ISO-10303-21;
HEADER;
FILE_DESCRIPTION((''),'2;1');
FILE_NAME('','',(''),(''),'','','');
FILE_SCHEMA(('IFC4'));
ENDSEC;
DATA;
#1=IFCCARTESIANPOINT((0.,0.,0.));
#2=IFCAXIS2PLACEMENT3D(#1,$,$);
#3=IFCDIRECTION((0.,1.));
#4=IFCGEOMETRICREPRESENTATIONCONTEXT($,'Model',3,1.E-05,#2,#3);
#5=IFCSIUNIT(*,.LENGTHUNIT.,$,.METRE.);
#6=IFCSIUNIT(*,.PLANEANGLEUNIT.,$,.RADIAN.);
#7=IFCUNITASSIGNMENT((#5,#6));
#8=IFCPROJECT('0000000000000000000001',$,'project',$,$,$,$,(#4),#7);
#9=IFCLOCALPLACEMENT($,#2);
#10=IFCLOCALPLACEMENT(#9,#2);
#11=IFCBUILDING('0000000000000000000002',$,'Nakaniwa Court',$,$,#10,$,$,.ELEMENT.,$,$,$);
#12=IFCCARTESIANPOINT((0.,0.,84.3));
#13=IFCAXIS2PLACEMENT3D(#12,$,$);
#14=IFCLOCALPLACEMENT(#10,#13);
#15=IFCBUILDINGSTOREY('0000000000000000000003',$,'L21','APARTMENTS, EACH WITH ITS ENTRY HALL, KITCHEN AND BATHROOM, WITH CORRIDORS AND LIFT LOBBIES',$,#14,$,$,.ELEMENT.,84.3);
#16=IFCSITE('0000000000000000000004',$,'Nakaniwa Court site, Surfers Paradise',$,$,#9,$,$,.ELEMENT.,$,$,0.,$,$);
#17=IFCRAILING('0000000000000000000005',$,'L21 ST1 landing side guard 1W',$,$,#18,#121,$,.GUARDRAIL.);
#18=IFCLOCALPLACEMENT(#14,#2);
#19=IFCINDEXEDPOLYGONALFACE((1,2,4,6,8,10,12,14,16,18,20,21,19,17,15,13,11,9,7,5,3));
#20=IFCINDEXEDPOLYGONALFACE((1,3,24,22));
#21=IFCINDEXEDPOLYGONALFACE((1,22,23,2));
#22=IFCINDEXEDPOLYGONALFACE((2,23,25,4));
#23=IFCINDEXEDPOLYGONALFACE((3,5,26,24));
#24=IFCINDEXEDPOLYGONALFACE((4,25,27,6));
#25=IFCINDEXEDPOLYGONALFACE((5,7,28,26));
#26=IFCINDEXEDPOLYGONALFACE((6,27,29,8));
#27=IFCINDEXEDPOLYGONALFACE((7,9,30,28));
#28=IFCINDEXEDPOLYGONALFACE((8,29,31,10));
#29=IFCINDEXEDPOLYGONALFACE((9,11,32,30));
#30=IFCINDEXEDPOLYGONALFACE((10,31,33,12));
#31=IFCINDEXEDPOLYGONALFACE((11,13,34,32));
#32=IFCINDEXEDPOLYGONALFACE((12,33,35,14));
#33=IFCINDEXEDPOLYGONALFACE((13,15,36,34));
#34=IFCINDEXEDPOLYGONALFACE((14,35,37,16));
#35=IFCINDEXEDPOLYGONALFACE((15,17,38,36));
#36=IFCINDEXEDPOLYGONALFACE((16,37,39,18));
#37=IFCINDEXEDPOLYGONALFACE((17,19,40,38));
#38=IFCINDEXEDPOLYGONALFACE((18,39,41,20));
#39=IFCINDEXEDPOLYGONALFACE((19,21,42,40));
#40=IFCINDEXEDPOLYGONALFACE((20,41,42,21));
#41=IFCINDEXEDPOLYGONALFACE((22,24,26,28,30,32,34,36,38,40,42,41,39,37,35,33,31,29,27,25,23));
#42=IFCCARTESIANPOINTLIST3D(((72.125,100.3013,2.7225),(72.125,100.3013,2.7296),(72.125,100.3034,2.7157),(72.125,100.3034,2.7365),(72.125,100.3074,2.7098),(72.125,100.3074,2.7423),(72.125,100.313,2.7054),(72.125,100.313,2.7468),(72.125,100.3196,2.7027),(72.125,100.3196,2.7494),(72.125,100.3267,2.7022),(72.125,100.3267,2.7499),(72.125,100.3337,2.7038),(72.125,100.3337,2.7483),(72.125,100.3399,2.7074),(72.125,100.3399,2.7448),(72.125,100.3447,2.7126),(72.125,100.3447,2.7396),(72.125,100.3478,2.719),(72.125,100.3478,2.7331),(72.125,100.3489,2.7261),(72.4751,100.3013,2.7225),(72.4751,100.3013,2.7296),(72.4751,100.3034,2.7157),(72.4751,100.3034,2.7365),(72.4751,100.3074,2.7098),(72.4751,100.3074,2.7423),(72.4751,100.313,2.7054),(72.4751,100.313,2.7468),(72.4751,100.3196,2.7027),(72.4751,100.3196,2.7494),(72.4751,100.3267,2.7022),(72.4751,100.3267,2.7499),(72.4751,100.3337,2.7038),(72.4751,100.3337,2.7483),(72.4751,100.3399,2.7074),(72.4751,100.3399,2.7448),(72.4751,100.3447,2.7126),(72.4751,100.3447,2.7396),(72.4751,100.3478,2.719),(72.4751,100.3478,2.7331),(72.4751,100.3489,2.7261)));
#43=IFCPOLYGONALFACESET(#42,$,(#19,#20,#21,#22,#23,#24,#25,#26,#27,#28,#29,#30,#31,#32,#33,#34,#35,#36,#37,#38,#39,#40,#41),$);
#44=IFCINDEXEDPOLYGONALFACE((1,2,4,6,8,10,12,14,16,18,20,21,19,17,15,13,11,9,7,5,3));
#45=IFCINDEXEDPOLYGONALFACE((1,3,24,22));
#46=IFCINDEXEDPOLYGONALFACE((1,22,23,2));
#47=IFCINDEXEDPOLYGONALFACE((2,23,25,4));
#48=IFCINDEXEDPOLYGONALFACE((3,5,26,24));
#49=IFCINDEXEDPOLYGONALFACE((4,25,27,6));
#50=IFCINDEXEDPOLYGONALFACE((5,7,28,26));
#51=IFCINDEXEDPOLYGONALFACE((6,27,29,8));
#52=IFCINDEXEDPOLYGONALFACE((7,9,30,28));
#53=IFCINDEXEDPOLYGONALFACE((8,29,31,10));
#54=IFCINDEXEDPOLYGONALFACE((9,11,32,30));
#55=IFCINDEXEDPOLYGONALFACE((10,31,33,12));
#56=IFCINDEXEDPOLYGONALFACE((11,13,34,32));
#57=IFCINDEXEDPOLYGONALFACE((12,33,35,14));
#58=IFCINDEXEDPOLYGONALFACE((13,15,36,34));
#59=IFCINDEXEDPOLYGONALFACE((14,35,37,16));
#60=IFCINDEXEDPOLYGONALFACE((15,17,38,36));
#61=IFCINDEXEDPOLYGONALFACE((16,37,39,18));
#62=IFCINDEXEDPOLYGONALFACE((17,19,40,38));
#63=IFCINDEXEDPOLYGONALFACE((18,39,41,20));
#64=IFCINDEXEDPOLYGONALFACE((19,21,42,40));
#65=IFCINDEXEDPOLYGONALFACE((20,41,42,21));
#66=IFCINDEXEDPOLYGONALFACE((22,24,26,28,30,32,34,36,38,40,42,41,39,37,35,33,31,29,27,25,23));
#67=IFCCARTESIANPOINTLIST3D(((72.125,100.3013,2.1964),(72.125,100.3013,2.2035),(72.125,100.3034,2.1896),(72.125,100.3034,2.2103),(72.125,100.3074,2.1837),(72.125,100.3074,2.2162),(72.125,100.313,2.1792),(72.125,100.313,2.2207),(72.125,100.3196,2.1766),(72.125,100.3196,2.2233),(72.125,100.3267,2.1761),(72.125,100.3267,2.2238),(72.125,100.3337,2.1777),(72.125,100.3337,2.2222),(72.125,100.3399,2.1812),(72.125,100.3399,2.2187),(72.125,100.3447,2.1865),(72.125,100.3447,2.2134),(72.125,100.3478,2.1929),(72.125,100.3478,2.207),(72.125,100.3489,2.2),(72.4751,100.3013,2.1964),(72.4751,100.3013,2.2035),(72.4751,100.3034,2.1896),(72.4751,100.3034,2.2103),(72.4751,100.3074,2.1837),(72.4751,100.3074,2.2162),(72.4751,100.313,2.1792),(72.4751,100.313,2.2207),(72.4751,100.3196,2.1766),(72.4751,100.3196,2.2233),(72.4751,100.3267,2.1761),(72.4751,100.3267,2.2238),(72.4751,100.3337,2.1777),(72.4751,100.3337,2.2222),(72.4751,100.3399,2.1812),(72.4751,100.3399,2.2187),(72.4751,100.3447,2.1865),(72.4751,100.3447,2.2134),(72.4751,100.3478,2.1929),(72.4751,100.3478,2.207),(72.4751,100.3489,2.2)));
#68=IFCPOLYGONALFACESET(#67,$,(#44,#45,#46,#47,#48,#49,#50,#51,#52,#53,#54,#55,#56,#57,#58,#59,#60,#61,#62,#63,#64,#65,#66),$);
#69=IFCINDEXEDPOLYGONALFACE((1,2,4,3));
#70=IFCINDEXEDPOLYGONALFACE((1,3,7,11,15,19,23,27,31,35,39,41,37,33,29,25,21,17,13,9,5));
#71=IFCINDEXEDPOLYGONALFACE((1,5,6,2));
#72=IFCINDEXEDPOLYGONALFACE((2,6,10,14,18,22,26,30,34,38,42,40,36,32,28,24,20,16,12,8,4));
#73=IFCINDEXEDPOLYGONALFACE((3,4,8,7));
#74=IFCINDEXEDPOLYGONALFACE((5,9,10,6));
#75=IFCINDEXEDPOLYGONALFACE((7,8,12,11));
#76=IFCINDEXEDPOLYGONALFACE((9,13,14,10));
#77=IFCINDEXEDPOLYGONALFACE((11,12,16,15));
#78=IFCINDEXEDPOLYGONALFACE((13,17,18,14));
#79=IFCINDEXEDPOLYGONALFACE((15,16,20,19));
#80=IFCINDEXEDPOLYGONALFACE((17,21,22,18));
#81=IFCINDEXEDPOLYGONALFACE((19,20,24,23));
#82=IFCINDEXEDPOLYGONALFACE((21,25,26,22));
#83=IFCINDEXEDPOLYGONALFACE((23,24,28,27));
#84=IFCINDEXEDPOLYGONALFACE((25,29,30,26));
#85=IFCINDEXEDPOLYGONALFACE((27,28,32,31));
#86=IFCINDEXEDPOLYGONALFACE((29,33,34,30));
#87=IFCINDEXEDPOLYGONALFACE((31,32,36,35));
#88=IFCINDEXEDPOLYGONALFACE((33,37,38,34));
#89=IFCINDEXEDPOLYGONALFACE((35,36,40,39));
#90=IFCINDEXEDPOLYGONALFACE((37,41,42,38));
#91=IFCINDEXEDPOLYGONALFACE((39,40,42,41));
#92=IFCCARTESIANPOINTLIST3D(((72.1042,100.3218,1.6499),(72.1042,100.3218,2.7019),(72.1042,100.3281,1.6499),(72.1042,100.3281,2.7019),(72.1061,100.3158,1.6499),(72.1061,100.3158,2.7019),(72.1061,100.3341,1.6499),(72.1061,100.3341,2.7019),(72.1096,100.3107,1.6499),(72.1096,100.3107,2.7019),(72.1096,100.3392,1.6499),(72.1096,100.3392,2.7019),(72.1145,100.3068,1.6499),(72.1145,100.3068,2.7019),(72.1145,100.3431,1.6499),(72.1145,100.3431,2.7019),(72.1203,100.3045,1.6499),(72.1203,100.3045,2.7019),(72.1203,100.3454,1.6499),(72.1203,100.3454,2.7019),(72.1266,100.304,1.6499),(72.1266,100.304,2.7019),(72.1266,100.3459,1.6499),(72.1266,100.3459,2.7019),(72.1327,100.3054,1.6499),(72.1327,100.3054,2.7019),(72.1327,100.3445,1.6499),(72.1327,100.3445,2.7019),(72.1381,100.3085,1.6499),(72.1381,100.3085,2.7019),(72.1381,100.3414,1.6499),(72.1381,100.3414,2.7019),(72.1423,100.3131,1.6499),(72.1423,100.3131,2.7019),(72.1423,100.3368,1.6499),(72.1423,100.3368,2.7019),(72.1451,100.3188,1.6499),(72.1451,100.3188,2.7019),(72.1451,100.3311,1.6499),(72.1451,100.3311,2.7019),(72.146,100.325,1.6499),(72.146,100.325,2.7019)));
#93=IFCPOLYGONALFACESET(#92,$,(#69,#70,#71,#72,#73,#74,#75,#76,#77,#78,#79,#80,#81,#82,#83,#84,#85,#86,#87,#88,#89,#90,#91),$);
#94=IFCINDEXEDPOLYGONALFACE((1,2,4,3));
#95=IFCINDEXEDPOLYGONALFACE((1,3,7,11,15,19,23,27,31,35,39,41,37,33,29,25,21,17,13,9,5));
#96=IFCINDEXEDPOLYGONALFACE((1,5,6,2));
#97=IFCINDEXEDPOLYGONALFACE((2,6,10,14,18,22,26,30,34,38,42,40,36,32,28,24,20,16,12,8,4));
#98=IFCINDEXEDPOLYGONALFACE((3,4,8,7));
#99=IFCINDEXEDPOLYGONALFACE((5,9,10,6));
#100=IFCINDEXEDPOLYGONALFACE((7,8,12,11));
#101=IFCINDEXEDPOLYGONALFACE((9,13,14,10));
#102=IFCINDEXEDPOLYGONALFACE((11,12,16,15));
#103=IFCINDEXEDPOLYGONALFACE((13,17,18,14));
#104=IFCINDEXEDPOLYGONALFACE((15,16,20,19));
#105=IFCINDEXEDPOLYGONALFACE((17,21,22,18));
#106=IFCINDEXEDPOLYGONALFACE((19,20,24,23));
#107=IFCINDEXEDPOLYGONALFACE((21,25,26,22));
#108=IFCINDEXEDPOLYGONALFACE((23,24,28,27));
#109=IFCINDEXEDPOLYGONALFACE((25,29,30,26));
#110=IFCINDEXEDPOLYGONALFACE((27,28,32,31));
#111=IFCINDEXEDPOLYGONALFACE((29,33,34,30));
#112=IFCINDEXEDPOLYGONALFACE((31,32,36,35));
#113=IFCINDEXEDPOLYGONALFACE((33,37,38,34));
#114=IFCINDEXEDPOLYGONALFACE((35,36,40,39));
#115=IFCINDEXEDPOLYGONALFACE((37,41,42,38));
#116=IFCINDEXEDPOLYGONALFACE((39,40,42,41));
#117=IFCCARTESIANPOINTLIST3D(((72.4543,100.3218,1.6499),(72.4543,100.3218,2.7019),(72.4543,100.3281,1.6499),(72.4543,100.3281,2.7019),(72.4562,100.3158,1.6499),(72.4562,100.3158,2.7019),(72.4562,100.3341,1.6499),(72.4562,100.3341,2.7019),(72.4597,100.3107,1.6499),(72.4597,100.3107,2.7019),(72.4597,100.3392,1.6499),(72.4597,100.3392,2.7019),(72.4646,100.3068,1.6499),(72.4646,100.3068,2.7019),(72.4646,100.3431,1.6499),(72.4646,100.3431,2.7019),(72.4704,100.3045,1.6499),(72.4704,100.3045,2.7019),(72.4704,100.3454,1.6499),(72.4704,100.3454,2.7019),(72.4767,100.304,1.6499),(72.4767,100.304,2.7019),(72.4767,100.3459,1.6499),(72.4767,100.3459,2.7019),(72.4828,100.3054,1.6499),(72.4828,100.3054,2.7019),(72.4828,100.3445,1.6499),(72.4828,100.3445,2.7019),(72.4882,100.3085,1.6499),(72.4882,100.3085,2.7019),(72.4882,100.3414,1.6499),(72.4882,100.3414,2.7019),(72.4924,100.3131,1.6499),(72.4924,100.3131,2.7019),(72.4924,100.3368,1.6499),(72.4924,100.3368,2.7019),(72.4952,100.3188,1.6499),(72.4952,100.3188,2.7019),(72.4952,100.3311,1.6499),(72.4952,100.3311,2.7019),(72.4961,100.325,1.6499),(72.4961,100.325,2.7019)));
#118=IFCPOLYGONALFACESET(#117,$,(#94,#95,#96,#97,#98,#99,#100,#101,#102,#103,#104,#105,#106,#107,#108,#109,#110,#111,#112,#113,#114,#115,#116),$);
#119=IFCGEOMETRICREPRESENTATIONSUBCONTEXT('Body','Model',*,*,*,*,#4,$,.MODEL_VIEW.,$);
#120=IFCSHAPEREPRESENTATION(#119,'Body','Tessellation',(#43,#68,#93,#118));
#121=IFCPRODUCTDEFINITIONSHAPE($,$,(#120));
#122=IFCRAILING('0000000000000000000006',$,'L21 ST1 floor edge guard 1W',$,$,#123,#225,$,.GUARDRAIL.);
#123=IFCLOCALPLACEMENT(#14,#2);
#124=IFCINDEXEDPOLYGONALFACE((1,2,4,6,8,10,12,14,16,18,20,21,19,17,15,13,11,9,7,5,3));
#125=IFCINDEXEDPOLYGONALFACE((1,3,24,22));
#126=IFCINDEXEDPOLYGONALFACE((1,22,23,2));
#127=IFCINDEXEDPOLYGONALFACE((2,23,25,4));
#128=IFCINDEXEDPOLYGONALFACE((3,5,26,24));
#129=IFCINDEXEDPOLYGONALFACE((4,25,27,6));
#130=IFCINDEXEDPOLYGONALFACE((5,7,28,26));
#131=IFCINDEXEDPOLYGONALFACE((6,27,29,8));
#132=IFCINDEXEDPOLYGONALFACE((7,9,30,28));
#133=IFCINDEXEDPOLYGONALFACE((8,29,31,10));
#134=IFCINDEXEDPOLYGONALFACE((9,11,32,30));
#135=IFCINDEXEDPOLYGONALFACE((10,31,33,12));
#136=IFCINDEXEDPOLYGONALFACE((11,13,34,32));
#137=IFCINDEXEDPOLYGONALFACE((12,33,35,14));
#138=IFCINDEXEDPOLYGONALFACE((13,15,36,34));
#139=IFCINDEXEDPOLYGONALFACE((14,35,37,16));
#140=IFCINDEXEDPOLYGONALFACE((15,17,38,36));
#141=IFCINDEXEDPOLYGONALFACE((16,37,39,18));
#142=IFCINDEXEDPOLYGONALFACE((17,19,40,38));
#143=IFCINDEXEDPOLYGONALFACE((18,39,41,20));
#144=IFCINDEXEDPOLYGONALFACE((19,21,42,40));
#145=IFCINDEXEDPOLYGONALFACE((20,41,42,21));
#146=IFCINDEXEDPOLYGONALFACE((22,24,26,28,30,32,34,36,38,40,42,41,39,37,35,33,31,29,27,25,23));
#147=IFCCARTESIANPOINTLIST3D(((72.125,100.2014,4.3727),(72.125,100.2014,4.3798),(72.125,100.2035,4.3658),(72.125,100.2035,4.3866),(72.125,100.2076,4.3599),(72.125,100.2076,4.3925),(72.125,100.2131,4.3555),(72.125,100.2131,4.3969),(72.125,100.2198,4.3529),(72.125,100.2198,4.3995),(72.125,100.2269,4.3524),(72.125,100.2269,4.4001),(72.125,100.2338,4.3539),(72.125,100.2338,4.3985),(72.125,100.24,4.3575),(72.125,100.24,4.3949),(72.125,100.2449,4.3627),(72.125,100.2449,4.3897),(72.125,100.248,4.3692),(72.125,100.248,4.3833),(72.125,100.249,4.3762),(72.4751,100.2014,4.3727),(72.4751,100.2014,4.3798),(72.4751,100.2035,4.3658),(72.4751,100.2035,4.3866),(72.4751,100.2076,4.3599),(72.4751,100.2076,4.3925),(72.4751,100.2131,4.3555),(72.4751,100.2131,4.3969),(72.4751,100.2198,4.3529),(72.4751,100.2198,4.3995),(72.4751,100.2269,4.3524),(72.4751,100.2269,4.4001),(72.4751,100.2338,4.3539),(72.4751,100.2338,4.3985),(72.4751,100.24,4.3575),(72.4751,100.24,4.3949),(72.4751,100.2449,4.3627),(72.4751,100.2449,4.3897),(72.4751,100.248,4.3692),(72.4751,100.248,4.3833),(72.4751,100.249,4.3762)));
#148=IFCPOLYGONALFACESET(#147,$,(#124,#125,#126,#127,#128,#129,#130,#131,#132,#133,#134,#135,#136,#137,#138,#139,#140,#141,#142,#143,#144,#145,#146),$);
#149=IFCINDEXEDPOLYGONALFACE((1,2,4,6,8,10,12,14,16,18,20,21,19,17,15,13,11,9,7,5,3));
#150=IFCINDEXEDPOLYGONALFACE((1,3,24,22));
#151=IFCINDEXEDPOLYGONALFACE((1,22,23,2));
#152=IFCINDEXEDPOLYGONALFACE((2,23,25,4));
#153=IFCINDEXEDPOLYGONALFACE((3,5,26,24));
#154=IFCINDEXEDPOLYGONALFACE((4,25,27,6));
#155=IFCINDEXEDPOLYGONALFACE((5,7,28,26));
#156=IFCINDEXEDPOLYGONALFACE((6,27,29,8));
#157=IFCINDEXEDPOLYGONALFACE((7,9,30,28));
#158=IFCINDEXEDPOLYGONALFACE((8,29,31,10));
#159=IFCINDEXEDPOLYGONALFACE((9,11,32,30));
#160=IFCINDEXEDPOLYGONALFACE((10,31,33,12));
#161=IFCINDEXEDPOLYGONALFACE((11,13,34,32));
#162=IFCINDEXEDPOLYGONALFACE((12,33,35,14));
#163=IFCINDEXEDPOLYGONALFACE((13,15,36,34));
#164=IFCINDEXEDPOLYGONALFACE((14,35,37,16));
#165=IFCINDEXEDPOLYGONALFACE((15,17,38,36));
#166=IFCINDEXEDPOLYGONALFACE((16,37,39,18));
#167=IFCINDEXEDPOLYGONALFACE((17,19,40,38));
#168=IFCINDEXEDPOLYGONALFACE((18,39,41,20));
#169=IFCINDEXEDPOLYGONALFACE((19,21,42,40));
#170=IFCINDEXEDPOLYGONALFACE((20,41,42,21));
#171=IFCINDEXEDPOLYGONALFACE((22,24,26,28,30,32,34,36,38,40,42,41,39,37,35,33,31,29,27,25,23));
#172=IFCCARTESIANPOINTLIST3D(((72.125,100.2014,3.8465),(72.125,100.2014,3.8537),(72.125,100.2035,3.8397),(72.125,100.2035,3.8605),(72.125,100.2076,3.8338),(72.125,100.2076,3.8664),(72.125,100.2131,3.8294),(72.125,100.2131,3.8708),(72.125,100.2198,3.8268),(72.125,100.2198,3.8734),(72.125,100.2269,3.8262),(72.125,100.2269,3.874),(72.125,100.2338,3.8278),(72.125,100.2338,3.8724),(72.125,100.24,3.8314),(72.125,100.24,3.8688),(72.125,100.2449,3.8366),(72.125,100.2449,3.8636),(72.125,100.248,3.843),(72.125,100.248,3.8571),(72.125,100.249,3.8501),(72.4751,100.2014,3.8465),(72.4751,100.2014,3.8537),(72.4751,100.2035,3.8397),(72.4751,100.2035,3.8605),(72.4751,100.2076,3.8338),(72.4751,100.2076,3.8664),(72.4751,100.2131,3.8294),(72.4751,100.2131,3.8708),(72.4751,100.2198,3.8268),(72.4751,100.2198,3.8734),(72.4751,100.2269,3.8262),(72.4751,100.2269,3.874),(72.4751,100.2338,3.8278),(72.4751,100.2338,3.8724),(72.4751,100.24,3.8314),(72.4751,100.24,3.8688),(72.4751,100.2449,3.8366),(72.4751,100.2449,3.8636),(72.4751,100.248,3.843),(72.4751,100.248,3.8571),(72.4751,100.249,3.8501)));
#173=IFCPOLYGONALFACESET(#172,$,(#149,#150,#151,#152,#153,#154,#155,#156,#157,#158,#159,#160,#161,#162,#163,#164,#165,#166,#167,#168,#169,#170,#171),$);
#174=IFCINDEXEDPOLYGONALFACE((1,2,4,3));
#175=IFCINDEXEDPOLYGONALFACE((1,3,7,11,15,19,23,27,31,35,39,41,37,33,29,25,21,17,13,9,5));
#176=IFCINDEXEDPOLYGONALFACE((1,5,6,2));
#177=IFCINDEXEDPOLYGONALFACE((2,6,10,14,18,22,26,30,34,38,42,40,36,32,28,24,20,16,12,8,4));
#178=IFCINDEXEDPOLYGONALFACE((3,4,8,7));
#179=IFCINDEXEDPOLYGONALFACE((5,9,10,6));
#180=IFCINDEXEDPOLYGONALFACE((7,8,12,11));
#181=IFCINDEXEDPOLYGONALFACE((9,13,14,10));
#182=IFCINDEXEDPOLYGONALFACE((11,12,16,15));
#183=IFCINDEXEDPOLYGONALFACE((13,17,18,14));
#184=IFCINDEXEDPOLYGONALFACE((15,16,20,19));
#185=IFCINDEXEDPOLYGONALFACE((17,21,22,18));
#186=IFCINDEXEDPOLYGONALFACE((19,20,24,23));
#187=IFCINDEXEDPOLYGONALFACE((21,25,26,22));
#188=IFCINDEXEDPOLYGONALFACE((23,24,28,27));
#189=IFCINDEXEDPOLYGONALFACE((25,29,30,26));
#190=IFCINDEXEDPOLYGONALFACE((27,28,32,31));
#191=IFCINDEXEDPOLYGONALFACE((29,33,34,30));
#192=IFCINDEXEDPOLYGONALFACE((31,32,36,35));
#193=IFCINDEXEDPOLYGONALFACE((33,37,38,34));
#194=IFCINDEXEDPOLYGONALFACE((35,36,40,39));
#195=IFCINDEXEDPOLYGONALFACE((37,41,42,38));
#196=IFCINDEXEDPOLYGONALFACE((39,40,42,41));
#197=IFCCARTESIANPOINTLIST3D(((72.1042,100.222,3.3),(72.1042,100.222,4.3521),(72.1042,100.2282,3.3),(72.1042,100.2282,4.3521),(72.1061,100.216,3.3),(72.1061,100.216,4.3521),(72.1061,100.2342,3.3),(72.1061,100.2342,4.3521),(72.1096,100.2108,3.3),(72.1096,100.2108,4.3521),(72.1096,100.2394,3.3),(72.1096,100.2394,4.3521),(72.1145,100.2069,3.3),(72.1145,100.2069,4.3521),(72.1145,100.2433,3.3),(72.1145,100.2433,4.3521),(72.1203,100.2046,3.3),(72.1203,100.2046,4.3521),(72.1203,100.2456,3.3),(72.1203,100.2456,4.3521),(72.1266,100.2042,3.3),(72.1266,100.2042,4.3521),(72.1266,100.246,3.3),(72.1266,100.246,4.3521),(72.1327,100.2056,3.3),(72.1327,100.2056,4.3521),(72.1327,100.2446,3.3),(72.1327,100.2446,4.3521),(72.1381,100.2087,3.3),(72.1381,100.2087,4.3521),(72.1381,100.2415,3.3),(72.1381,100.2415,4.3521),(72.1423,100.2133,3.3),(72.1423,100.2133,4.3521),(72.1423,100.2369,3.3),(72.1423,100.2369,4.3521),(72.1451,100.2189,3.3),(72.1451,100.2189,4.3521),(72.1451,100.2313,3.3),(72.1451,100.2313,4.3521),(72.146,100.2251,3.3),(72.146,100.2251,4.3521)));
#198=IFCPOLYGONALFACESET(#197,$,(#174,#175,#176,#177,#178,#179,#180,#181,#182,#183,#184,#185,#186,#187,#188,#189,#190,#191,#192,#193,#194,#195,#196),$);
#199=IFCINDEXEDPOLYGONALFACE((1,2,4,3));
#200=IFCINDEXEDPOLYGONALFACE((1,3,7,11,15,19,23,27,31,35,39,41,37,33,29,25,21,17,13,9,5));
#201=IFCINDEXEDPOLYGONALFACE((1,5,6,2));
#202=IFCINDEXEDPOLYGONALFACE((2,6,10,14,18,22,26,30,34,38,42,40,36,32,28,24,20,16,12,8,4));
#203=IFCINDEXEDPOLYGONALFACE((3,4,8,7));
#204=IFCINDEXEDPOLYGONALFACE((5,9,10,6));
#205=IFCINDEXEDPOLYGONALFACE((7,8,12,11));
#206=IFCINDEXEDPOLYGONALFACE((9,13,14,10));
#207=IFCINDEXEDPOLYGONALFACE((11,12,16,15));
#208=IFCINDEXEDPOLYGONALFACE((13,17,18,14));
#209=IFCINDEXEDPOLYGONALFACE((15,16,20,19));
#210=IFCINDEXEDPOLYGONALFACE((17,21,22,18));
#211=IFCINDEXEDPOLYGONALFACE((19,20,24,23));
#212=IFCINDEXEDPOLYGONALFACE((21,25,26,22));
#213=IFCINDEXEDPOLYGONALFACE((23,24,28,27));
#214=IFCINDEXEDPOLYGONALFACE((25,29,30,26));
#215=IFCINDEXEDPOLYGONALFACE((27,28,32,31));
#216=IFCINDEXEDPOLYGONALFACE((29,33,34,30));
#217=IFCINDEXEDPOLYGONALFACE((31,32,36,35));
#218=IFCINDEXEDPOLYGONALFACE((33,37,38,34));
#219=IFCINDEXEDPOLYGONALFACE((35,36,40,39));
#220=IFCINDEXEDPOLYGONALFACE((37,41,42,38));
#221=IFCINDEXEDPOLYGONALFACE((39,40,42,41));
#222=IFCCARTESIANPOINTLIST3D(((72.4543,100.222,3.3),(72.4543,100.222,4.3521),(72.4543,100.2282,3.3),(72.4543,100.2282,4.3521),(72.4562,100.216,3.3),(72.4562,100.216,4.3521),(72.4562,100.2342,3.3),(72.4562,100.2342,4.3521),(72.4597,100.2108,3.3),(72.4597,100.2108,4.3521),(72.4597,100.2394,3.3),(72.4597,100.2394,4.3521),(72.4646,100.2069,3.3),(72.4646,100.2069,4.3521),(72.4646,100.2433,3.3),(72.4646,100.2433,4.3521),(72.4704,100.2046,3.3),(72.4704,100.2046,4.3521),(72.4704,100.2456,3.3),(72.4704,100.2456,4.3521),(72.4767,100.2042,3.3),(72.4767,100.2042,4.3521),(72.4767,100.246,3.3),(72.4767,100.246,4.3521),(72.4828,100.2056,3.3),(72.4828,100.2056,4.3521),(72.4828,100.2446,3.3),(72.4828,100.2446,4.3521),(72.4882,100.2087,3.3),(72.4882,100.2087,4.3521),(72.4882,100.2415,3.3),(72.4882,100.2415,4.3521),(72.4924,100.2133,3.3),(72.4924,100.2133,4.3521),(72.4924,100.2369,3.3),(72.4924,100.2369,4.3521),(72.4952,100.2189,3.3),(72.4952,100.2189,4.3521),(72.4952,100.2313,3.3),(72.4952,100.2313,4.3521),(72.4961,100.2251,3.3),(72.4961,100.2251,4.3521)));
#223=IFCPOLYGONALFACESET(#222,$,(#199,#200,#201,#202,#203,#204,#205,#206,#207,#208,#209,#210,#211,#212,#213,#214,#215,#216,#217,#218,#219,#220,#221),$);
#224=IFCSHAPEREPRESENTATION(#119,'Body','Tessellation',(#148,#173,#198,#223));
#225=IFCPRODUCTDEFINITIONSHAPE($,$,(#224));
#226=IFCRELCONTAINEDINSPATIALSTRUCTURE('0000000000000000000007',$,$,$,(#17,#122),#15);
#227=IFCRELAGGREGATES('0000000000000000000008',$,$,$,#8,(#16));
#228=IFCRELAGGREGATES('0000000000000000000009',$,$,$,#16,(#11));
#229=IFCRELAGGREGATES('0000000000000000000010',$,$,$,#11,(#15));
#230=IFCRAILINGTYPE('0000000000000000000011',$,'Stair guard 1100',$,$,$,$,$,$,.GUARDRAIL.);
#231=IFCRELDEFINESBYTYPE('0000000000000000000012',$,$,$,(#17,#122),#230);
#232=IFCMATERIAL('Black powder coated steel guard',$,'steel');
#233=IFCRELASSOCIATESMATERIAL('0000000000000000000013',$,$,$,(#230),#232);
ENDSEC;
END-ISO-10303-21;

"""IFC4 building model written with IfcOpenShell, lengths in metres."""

from ifc_helpers import new_model, si_unit, direction, frame, origin, origin_2d, place, context, subcontext, project, spatial, circle, extrude, material, type_object, element, save


model = new_model("IFC4")

# Units and contexts
model_context = context("Model", 3, precision=1e-05, world=origin(), true_north=direction((0.0, 1.0)))
body_context = subcontext(model_context, "Body", "Model", "MODEL_VIEW")
ifc_project = project(units=[si_unit("LENGTHUNIT", "METRE"), si_unit("PLANEANGLEUNIT", "RADIAN")], contexts=[model_context])

# Site, building, storey
site_placement = place(None, origin())
site = spatial("IfcSite", under=ifc_project, at=site_placement, Name="Nakaniwa Court site, Surfers Paradise", CompositionType="ELEMENT", RefElevation=0.0)
building_placement = place(site_placement, origin())
building = spatial("IfcBuilding", under=site, at=building_placement, Name="Nakaniwa Court", CompositionType="ELEMENT")
storey_placement = place(building_placement, frame((0.0, 0.0, 84.3)))
storey = spatial("IfcBuildingStorey", under=building, at=storey_placement, Name="L21", Description="APARTMENTS, EACH WITH ITS ENTRY HALL, KITCHEN AND BATHROOM, WITH CORRIDORS AND LIFT LOBBIES", CompositionType="ELEMENT", Elevation=84.3)

# Railings
ifc_material_1 = material(Name="Black powder coated steel guard", Category="steel")
railing_type_1 = type_object("IfcRailingType", Name="Stair guard 1100", PredefinedType="GUARDRAIL", material=ifc_material_1)
for number, where, name in (
    (1, (72.125, 100.325, 1.6499), "L21 ST1 landing side guard 1W"),
    (2, (72.125, 100.2251, 3.3), "L21 ST1 floor edge guard 1W"),
):
    element("IfcRailing", number, at=place(storey_placement, frame(where)), inside=storey, type_object=railing_type_1, Name=name, PredefinedType="GUARDRAIL", context=body_context, shape_type="SweptSolid", body=[
        extrude(circle(Radius=0.0239, at=origin_2d()), frame((0.0, 0.0, 1.0762), z_axis=(1.0, 0.0, 0.0), x_axis=(0.0, 1.0, 0.0)), (0.0, 0.0, 1.0), 0.3501),
        extrude(circle(Radius=0.0239, at=origin_2d()), frame((0.0, 0.0, 0.55), z_axis=(1.0, 0.0, 0.0), x_axis=(0.0, 1.0, 0.0)), (0.0, 0.0, 1.0), 0.3501),
        extrude(circle(Radius=0.021, at=origin_2d()), origin(), (0.0, 0.0, 1.0), 1.052),
        extrude(circle(Radius=0.021, at=origin_2d()), frame((0.3501, 0.0, 0.0)), (0.0, 0.0, 1.0), 1.052),
    ])

save(model, "model.ifc")
